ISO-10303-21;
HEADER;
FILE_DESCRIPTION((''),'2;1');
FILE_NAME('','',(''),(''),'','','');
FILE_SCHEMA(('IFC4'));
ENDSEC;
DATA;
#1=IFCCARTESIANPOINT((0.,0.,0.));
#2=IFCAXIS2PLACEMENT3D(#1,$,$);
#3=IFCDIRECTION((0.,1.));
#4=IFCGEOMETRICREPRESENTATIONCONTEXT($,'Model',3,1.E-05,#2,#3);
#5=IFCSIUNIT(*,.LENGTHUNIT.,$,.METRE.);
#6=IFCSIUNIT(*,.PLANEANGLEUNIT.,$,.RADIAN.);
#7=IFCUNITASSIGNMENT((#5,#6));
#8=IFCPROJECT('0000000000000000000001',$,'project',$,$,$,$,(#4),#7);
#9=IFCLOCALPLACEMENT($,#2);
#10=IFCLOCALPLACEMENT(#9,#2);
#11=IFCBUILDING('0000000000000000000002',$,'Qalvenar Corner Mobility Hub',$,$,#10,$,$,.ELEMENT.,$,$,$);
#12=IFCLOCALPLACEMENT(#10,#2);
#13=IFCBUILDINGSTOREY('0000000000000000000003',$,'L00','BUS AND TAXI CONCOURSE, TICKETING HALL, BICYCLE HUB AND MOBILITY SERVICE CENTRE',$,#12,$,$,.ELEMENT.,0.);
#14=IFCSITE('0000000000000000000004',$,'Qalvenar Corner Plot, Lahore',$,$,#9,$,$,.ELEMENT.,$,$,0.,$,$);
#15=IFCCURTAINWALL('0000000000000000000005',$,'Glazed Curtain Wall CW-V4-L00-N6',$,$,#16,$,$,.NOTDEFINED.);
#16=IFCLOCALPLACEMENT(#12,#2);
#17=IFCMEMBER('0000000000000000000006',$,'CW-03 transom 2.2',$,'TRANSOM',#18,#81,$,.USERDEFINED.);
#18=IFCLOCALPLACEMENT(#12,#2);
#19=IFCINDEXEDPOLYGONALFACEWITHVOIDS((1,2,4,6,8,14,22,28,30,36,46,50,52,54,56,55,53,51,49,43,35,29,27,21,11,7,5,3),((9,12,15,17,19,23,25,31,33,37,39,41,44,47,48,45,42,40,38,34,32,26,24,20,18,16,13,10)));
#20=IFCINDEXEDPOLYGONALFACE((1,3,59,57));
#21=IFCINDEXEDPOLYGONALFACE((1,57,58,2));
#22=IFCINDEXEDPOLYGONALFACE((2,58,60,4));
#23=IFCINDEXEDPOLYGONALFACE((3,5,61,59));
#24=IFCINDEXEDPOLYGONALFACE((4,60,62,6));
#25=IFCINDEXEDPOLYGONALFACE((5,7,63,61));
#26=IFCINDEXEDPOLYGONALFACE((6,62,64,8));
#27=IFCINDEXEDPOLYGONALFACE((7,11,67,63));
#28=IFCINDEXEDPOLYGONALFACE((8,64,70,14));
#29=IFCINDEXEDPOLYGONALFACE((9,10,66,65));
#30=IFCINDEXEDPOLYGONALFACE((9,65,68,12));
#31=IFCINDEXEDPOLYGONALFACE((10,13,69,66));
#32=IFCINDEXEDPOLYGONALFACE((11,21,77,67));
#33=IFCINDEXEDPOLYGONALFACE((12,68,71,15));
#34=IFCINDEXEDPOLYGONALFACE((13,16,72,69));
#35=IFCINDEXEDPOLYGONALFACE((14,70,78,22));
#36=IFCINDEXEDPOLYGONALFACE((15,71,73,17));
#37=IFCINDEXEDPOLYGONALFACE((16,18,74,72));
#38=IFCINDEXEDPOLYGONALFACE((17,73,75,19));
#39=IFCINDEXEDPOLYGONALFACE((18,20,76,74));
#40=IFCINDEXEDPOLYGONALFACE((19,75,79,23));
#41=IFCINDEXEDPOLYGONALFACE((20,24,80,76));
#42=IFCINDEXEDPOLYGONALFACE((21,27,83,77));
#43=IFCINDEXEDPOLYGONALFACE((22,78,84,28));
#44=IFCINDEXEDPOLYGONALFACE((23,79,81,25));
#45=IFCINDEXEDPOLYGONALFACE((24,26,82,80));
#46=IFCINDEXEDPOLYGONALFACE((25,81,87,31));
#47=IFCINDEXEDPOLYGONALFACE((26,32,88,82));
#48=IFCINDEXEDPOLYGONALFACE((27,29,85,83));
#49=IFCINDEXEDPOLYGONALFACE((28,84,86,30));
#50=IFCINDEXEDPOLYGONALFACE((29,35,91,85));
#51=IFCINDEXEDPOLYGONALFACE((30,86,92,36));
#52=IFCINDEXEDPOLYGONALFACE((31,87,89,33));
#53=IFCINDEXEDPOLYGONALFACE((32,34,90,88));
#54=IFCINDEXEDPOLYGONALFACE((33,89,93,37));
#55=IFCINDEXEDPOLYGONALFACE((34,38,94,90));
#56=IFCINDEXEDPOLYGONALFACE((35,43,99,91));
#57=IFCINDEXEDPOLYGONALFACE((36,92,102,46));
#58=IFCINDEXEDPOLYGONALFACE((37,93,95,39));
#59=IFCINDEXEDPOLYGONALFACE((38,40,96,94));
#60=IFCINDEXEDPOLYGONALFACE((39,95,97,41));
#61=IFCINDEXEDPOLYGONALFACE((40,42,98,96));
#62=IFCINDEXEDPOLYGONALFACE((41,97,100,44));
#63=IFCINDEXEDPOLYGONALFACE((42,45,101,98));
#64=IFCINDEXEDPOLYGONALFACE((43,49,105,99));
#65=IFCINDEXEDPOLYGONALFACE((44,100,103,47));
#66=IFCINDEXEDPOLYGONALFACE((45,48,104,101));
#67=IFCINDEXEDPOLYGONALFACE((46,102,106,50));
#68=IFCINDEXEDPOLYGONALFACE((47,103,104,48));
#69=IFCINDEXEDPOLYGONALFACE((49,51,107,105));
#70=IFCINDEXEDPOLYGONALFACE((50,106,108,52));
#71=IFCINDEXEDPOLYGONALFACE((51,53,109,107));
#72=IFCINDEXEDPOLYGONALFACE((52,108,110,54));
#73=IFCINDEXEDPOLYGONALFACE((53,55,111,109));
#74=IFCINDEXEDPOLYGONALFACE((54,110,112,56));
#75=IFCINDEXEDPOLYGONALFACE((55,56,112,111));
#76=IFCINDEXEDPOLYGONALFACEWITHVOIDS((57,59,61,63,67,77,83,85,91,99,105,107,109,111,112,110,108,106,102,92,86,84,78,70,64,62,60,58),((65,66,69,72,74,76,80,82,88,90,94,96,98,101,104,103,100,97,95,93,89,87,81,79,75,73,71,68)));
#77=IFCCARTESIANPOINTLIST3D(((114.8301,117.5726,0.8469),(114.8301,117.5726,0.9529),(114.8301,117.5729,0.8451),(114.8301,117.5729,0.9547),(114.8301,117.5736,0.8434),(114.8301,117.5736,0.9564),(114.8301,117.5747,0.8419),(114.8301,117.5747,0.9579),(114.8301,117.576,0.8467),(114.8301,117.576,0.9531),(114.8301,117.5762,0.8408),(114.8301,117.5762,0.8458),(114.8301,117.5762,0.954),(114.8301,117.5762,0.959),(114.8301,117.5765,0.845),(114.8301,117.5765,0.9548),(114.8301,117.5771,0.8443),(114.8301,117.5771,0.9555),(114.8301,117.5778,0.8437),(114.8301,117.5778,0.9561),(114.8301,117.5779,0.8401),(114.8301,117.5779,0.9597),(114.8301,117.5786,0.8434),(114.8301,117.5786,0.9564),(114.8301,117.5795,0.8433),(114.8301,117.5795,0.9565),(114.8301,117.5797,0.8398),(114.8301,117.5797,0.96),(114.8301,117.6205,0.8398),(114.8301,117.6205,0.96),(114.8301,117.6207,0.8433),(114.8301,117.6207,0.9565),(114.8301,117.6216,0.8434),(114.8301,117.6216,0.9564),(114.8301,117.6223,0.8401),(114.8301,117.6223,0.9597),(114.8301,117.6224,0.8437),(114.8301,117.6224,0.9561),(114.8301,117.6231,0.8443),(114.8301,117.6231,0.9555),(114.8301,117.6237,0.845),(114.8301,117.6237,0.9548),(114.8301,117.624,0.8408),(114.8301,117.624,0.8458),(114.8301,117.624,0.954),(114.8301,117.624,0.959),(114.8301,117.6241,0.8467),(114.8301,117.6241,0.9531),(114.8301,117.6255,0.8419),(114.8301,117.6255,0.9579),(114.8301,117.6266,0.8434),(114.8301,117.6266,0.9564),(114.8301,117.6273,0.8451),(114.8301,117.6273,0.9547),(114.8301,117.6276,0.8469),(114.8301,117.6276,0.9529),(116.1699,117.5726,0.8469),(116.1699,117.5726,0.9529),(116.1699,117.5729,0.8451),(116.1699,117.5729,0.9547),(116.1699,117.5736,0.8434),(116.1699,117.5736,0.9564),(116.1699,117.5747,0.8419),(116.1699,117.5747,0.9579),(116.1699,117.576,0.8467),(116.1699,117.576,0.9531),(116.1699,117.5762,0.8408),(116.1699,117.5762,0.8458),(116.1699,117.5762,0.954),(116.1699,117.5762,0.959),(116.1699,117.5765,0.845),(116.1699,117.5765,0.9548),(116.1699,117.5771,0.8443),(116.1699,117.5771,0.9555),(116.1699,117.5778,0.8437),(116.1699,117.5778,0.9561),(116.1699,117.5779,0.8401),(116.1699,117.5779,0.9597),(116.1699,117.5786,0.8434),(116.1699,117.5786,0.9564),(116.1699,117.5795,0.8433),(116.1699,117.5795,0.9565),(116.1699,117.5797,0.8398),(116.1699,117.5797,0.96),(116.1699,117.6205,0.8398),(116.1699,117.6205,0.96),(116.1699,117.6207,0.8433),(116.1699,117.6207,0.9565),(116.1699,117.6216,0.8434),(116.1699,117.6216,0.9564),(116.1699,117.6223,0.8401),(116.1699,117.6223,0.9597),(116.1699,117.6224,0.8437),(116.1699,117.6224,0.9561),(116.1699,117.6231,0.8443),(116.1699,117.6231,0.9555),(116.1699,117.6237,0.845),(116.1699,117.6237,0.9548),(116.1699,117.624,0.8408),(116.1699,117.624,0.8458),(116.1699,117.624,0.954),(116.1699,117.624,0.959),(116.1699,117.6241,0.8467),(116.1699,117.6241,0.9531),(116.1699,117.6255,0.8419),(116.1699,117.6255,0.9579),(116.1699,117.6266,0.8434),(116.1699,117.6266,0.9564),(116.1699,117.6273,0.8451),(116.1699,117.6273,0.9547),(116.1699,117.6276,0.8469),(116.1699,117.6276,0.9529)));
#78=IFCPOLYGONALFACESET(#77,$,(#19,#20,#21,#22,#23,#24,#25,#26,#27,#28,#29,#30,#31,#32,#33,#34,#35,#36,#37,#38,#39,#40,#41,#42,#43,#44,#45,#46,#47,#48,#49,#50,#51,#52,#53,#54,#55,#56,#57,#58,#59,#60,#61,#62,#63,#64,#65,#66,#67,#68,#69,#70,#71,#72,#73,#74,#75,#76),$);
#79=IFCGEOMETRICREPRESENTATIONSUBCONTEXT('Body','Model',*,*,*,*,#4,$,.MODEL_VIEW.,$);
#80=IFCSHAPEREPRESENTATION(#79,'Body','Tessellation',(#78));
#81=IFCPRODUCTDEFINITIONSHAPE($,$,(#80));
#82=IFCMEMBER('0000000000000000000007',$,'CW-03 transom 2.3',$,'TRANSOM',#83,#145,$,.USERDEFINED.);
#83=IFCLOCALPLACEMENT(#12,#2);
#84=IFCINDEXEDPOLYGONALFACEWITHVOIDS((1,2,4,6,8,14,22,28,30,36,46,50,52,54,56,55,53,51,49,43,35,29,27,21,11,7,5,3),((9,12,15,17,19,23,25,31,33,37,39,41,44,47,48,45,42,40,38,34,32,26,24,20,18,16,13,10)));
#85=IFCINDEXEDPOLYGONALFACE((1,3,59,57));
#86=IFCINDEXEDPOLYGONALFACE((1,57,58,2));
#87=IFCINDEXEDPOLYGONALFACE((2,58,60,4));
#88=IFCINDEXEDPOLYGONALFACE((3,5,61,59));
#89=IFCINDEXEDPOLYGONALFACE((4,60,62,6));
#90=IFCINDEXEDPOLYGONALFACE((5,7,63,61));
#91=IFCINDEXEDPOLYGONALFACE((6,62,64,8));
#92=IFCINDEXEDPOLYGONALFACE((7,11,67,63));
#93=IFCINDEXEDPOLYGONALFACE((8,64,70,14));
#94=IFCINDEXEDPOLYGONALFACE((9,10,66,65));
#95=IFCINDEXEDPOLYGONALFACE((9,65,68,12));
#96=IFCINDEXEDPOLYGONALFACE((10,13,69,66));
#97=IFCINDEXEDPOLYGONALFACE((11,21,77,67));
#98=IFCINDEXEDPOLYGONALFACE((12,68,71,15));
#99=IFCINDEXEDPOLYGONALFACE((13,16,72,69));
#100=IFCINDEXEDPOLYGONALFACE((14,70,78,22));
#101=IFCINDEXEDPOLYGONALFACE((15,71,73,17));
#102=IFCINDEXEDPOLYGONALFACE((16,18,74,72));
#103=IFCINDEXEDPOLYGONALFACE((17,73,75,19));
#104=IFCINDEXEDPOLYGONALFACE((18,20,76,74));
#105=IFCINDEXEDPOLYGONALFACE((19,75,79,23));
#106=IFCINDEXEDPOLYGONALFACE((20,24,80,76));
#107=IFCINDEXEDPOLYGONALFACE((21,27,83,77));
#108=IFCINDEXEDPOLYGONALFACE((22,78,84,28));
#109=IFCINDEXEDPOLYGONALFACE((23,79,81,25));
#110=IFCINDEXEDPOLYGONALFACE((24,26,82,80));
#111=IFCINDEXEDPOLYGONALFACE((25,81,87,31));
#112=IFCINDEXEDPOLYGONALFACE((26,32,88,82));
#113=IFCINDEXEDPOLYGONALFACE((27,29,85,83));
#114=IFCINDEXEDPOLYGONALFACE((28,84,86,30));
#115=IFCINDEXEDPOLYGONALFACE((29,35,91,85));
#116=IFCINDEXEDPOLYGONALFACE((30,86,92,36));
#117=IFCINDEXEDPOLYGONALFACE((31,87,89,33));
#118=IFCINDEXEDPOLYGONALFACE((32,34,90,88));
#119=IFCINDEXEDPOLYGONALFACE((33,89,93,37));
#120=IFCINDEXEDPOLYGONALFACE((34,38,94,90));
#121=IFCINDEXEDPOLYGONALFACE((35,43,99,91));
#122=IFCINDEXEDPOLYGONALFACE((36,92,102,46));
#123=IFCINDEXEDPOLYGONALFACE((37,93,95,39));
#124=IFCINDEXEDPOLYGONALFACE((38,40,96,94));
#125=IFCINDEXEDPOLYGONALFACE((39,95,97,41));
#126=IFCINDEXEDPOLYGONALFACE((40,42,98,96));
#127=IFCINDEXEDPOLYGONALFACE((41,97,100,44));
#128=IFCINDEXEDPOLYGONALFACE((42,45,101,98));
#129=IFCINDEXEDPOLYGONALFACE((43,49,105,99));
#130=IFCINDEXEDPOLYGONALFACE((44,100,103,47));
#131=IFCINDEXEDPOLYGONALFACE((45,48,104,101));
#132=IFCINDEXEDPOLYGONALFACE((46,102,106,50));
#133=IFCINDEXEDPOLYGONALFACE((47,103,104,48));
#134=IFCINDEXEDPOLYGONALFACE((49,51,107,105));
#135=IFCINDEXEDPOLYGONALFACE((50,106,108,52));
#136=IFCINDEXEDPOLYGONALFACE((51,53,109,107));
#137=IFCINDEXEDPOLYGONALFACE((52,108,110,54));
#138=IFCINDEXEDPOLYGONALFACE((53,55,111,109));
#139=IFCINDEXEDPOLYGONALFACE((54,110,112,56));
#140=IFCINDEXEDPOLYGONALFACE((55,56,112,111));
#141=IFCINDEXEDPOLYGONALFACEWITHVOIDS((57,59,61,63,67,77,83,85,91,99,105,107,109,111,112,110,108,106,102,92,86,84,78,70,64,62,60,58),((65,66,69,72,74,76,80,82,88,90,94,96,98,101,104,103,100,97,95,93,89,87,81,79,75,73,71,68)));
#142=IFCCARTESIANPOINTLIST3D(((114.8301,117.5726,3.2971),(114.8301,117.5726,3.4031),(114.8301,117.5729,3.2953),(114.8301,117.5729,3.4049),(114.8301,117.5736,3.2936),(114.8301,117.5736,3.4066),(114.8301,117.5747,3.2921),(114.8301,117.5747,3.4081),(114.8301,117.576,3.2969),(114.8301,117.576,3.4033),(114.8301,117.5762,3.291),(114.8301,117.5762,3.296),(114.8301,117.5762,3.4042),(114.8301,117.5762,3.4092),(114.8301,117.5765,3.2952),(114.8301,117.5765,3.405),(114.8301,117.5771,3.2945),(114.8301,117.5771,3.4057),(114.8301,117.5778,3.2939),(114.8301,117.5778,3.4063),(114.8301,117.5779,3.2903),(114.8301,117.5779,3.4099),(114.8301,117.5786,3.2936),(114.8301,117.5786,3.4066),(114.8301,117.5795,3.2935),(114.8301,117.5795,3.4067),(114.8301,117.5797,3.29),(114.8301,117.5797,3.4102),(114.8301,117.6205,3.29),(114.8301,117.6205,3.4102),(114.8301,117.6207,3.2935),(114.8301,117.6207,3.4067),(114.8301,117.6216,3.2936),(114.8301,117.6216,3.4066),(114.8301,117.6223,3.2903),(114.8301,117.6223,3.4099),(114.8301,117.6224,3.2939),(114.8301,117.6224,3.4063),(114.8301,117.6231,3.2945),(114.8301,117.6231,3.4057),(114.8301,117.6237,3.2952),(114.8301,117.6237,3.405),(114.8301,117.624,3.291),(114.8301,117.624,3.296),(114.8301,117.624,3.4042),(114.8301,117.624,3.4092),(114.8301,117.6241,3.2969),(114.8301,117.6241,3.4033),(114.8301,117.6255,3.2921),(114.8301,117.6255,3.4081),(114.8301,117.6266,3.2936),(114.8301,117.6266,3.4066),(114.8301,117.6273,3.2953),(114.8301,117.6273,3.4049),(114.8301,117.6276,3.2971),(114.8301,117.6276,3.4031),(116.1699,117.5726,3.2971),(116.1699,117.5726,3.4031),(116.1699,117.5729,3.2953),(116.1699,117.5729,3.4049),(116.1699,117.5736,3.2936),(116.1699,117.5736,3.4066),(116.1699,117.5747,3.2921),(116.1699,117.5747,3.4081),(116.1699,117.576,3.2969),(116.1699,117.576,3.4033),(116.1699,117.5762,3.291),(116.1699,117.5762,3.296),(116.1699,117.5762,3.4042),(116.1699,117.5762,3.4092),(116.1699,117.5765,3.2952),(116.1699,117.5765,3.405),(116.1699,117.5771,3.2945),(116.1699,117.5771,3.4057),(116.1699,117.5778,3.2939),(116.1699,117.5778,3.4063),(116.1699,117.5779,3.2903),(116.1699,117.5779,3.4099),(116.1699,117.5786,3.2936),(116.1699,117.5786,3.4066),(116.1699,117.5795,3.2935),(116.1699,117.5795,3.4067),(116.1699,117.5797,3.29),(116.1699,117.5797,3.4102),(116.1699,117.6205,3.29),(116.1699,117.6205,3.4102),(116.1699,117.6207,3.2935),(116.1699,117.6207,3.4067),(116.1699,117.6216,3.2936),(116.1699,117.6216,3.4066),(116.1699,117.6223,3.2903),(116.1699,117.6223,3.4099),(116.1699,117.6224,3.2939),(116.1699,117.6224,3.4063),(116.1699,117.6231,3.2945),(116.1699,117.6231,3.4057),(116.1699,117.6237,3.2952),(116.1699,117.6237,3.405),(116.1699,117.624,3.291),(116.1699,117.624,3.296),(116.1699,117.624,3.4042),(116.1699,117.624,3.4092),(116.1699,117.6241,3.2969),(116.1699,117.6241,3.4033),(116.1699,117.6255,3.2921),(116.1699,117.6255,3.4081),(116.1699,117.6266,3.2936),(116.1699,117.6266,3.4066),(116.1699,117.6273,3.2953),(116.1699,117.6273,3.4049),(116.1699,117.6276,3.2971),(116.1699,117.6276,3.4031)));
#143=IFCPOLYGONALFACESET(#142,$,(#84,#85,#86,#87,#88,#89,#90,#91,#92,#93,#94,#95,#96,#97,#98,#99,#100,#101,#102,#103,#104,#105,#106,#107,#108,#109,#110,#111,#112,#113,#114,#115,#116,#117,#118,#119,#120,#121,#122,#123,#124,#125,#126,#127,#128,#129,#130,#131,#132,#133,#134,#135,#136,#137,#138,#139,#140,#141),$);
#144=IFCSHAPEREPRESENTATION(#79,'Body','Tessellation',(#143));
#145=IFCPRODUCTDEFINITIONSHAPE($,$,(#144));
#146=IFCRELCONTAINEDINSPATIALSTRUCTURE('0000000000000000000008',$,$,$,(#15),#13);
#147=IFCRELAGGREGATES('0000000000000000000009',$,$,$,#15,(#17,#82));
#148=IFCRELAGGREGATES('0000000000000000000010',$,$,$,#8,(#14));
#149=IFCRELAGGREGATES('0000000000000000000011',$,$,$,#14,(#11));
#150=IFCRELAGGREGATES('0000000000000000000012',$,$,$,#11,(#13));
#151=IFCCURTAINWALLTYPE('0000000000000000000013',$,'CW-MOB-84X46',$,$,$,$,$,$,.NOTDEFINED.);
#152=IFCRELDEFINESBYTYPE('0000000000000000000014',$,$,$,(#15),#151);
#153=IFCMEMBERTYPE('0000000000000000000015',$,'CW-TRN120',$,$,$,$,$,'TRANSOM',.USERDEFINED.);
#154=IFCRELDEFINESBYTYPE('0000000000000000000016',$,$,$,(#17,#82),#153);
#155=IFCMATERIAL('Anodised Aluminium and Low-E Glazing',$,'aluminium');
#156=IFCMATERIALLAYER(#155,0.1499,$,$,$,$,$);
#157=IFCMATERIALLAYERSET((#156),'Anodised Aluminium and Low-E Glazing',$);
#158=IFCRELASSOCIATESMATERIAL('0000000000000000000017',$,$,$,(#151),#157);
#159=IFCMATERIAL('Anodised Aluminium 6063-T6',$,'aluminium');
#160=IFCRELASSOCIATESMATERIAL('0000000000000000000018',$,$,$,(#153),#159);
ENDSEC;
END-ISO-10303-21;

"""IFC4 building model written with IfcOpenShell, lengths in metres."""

from ifc_helpers import new_model, si_unit, direction, frame, origin, origin_2d, place, context, subcontext, project, spatial, hollow_rectangle, extrude, material, layer, layer_set, material_profile, profile_set, type_object, element, aggregate, save


model = new_model("IFC4")

# Units and contexts
model_context = context("Model", 3, precision=1e-05, world=origin(), true_north=direction((0.0, 1.0)))
body_context = subcontext(model_context, "Body", "Model", "MODEL_VIEW")
ifc_project = project(units=[si_unit("LENGTHUNIT", "METRE"), si_unit("PLANEANGLEUNIT", "RADIAN")], contexts=[model_context])

# Site, building, storey
site_placement = place(None, origin())
site = spatial("IfcSite", under=ifc_project, at=site_placement, Name="Qalvenar Corner Plot, Lahore", CompositionType="ELEMENT", RefElevation=0.0)
building_placement = place(site_placement, origin())
building = spatial("IfcBuilding", under=site, at=building_placement, Name="Qalvenar Corner Mobility Hub", CompositionType="ELEMENT")
storey_placement = place(building_placement, origin())
storey = spatial("IfcBuildingStorey", under=building, at=storey_placement, Name="L00", Description="BUS AND TAXI CONCOURSE, TICKETING HALL, BICYCLE HUB AND MOBILITY SERVICE CENTRE", CompositionType="ELEMENT", Elevation=0.0)

# Curtain wall, members
ifc_material_1 = material(Name="Anodised Aluminium and Low-E Glazing", Category="aluminium")
ifc_layer_1 = layer(ifc_material_1, 0.1499)
ifc_layer_set_1 = layer_set([ifc_layer_1], Name="Anodised Aluminium and Low-E Glazing")
curtain_wall_type = type_object("IfcCurtainWallType", Name="CW-MOB-84X46", PredefinedType="NOTDEFINED", material=ifc_layer_set_1)
curtain_wall_placement = place(storey_placement, origin())
curtain_wall = element("IfcCurtainWall", 1, at=curtain_wall_placement, inside=storey, type_object=curtain_wall_type, Name="Glazed Curtain Wall CW-V4-L00-N6", PredefinedType="NOTDEFINED")
ifc_material_2 = material(Name="Anodised Aluminium 6063-T6", Category="aluminium")
ifc_material_profile_1 = material_profile(ifc_material_2, hollow_rectangle(XDim=0.0549, YDim=0.1201, WallThickness=0.0034, InnerFilletRadius=0.0034, OuterFilletRadius=0.0071, at=origin_2d()), Name="RHS120x55x3.5")
ifc_profile_set_1 = profile_set([ifc_material_profile_1], Name="Anodised Aluminium 6063-T6")
member_type_1 = type_object("IfcMemberType", Name="CW-TRN120", ElementType="TRANSOM", PredefinedType="USERDEFINED", material=ifc_profile_set_1)
member_1_placement = place(storey_placement, frame((116.1699, 117.6001, 0.8999), z_axis=(-1.0, 0.0, 0.0), x_axis=(0.0, -1.0, 0.0)))
member_1 = element("IfcMember", 2, at=member_1_placement, type_object=member_type_1, Name="CW-03 transom 2.2", ObjectType="TRANSOM", PredefinedType="USERDEFINED", context=body_context, shape_type="SweptSolid", body=[
    extrude(hollow_rectangle(XDim=0.0549, YDim=0.1201, WallThickness=0.0034, InnerFilletRadius=0.0034, OuterFilletRadius=0.0071, at=origin_2d()), origin(), (0.0, 0.0, 1.0), 1.3398),
])
member_2_placement = place(storey_placement, frame((116.1699, 117.6001, 3.3501), z_axis=(-1.0, 0.0, 0.0), x_axis=(0.0, -1.0, 0.0)))
member_2 = element("IfcMember", 3, at=member_2_placement, type_object=member_type_1, Name="CW-03 transom 2.3", ObjectType="TRANSOM", PredefinedType="USERDEFINED", context=body_context, shape_type="SweptSolid", body=[
    extrude(hollow_rectangle(XDim=0.0549, YDim=0.1201, WallThickness=0.0034, InnerFilletRadius=0.0034, OuterFilletRadius=0.0071, at=origin_2d()), origin(), (0.0, 0.0, 1.0), 1.3398),
])
aggregate(curtain_wall, [member_1, member_2])

save(model, "model.ifc")
